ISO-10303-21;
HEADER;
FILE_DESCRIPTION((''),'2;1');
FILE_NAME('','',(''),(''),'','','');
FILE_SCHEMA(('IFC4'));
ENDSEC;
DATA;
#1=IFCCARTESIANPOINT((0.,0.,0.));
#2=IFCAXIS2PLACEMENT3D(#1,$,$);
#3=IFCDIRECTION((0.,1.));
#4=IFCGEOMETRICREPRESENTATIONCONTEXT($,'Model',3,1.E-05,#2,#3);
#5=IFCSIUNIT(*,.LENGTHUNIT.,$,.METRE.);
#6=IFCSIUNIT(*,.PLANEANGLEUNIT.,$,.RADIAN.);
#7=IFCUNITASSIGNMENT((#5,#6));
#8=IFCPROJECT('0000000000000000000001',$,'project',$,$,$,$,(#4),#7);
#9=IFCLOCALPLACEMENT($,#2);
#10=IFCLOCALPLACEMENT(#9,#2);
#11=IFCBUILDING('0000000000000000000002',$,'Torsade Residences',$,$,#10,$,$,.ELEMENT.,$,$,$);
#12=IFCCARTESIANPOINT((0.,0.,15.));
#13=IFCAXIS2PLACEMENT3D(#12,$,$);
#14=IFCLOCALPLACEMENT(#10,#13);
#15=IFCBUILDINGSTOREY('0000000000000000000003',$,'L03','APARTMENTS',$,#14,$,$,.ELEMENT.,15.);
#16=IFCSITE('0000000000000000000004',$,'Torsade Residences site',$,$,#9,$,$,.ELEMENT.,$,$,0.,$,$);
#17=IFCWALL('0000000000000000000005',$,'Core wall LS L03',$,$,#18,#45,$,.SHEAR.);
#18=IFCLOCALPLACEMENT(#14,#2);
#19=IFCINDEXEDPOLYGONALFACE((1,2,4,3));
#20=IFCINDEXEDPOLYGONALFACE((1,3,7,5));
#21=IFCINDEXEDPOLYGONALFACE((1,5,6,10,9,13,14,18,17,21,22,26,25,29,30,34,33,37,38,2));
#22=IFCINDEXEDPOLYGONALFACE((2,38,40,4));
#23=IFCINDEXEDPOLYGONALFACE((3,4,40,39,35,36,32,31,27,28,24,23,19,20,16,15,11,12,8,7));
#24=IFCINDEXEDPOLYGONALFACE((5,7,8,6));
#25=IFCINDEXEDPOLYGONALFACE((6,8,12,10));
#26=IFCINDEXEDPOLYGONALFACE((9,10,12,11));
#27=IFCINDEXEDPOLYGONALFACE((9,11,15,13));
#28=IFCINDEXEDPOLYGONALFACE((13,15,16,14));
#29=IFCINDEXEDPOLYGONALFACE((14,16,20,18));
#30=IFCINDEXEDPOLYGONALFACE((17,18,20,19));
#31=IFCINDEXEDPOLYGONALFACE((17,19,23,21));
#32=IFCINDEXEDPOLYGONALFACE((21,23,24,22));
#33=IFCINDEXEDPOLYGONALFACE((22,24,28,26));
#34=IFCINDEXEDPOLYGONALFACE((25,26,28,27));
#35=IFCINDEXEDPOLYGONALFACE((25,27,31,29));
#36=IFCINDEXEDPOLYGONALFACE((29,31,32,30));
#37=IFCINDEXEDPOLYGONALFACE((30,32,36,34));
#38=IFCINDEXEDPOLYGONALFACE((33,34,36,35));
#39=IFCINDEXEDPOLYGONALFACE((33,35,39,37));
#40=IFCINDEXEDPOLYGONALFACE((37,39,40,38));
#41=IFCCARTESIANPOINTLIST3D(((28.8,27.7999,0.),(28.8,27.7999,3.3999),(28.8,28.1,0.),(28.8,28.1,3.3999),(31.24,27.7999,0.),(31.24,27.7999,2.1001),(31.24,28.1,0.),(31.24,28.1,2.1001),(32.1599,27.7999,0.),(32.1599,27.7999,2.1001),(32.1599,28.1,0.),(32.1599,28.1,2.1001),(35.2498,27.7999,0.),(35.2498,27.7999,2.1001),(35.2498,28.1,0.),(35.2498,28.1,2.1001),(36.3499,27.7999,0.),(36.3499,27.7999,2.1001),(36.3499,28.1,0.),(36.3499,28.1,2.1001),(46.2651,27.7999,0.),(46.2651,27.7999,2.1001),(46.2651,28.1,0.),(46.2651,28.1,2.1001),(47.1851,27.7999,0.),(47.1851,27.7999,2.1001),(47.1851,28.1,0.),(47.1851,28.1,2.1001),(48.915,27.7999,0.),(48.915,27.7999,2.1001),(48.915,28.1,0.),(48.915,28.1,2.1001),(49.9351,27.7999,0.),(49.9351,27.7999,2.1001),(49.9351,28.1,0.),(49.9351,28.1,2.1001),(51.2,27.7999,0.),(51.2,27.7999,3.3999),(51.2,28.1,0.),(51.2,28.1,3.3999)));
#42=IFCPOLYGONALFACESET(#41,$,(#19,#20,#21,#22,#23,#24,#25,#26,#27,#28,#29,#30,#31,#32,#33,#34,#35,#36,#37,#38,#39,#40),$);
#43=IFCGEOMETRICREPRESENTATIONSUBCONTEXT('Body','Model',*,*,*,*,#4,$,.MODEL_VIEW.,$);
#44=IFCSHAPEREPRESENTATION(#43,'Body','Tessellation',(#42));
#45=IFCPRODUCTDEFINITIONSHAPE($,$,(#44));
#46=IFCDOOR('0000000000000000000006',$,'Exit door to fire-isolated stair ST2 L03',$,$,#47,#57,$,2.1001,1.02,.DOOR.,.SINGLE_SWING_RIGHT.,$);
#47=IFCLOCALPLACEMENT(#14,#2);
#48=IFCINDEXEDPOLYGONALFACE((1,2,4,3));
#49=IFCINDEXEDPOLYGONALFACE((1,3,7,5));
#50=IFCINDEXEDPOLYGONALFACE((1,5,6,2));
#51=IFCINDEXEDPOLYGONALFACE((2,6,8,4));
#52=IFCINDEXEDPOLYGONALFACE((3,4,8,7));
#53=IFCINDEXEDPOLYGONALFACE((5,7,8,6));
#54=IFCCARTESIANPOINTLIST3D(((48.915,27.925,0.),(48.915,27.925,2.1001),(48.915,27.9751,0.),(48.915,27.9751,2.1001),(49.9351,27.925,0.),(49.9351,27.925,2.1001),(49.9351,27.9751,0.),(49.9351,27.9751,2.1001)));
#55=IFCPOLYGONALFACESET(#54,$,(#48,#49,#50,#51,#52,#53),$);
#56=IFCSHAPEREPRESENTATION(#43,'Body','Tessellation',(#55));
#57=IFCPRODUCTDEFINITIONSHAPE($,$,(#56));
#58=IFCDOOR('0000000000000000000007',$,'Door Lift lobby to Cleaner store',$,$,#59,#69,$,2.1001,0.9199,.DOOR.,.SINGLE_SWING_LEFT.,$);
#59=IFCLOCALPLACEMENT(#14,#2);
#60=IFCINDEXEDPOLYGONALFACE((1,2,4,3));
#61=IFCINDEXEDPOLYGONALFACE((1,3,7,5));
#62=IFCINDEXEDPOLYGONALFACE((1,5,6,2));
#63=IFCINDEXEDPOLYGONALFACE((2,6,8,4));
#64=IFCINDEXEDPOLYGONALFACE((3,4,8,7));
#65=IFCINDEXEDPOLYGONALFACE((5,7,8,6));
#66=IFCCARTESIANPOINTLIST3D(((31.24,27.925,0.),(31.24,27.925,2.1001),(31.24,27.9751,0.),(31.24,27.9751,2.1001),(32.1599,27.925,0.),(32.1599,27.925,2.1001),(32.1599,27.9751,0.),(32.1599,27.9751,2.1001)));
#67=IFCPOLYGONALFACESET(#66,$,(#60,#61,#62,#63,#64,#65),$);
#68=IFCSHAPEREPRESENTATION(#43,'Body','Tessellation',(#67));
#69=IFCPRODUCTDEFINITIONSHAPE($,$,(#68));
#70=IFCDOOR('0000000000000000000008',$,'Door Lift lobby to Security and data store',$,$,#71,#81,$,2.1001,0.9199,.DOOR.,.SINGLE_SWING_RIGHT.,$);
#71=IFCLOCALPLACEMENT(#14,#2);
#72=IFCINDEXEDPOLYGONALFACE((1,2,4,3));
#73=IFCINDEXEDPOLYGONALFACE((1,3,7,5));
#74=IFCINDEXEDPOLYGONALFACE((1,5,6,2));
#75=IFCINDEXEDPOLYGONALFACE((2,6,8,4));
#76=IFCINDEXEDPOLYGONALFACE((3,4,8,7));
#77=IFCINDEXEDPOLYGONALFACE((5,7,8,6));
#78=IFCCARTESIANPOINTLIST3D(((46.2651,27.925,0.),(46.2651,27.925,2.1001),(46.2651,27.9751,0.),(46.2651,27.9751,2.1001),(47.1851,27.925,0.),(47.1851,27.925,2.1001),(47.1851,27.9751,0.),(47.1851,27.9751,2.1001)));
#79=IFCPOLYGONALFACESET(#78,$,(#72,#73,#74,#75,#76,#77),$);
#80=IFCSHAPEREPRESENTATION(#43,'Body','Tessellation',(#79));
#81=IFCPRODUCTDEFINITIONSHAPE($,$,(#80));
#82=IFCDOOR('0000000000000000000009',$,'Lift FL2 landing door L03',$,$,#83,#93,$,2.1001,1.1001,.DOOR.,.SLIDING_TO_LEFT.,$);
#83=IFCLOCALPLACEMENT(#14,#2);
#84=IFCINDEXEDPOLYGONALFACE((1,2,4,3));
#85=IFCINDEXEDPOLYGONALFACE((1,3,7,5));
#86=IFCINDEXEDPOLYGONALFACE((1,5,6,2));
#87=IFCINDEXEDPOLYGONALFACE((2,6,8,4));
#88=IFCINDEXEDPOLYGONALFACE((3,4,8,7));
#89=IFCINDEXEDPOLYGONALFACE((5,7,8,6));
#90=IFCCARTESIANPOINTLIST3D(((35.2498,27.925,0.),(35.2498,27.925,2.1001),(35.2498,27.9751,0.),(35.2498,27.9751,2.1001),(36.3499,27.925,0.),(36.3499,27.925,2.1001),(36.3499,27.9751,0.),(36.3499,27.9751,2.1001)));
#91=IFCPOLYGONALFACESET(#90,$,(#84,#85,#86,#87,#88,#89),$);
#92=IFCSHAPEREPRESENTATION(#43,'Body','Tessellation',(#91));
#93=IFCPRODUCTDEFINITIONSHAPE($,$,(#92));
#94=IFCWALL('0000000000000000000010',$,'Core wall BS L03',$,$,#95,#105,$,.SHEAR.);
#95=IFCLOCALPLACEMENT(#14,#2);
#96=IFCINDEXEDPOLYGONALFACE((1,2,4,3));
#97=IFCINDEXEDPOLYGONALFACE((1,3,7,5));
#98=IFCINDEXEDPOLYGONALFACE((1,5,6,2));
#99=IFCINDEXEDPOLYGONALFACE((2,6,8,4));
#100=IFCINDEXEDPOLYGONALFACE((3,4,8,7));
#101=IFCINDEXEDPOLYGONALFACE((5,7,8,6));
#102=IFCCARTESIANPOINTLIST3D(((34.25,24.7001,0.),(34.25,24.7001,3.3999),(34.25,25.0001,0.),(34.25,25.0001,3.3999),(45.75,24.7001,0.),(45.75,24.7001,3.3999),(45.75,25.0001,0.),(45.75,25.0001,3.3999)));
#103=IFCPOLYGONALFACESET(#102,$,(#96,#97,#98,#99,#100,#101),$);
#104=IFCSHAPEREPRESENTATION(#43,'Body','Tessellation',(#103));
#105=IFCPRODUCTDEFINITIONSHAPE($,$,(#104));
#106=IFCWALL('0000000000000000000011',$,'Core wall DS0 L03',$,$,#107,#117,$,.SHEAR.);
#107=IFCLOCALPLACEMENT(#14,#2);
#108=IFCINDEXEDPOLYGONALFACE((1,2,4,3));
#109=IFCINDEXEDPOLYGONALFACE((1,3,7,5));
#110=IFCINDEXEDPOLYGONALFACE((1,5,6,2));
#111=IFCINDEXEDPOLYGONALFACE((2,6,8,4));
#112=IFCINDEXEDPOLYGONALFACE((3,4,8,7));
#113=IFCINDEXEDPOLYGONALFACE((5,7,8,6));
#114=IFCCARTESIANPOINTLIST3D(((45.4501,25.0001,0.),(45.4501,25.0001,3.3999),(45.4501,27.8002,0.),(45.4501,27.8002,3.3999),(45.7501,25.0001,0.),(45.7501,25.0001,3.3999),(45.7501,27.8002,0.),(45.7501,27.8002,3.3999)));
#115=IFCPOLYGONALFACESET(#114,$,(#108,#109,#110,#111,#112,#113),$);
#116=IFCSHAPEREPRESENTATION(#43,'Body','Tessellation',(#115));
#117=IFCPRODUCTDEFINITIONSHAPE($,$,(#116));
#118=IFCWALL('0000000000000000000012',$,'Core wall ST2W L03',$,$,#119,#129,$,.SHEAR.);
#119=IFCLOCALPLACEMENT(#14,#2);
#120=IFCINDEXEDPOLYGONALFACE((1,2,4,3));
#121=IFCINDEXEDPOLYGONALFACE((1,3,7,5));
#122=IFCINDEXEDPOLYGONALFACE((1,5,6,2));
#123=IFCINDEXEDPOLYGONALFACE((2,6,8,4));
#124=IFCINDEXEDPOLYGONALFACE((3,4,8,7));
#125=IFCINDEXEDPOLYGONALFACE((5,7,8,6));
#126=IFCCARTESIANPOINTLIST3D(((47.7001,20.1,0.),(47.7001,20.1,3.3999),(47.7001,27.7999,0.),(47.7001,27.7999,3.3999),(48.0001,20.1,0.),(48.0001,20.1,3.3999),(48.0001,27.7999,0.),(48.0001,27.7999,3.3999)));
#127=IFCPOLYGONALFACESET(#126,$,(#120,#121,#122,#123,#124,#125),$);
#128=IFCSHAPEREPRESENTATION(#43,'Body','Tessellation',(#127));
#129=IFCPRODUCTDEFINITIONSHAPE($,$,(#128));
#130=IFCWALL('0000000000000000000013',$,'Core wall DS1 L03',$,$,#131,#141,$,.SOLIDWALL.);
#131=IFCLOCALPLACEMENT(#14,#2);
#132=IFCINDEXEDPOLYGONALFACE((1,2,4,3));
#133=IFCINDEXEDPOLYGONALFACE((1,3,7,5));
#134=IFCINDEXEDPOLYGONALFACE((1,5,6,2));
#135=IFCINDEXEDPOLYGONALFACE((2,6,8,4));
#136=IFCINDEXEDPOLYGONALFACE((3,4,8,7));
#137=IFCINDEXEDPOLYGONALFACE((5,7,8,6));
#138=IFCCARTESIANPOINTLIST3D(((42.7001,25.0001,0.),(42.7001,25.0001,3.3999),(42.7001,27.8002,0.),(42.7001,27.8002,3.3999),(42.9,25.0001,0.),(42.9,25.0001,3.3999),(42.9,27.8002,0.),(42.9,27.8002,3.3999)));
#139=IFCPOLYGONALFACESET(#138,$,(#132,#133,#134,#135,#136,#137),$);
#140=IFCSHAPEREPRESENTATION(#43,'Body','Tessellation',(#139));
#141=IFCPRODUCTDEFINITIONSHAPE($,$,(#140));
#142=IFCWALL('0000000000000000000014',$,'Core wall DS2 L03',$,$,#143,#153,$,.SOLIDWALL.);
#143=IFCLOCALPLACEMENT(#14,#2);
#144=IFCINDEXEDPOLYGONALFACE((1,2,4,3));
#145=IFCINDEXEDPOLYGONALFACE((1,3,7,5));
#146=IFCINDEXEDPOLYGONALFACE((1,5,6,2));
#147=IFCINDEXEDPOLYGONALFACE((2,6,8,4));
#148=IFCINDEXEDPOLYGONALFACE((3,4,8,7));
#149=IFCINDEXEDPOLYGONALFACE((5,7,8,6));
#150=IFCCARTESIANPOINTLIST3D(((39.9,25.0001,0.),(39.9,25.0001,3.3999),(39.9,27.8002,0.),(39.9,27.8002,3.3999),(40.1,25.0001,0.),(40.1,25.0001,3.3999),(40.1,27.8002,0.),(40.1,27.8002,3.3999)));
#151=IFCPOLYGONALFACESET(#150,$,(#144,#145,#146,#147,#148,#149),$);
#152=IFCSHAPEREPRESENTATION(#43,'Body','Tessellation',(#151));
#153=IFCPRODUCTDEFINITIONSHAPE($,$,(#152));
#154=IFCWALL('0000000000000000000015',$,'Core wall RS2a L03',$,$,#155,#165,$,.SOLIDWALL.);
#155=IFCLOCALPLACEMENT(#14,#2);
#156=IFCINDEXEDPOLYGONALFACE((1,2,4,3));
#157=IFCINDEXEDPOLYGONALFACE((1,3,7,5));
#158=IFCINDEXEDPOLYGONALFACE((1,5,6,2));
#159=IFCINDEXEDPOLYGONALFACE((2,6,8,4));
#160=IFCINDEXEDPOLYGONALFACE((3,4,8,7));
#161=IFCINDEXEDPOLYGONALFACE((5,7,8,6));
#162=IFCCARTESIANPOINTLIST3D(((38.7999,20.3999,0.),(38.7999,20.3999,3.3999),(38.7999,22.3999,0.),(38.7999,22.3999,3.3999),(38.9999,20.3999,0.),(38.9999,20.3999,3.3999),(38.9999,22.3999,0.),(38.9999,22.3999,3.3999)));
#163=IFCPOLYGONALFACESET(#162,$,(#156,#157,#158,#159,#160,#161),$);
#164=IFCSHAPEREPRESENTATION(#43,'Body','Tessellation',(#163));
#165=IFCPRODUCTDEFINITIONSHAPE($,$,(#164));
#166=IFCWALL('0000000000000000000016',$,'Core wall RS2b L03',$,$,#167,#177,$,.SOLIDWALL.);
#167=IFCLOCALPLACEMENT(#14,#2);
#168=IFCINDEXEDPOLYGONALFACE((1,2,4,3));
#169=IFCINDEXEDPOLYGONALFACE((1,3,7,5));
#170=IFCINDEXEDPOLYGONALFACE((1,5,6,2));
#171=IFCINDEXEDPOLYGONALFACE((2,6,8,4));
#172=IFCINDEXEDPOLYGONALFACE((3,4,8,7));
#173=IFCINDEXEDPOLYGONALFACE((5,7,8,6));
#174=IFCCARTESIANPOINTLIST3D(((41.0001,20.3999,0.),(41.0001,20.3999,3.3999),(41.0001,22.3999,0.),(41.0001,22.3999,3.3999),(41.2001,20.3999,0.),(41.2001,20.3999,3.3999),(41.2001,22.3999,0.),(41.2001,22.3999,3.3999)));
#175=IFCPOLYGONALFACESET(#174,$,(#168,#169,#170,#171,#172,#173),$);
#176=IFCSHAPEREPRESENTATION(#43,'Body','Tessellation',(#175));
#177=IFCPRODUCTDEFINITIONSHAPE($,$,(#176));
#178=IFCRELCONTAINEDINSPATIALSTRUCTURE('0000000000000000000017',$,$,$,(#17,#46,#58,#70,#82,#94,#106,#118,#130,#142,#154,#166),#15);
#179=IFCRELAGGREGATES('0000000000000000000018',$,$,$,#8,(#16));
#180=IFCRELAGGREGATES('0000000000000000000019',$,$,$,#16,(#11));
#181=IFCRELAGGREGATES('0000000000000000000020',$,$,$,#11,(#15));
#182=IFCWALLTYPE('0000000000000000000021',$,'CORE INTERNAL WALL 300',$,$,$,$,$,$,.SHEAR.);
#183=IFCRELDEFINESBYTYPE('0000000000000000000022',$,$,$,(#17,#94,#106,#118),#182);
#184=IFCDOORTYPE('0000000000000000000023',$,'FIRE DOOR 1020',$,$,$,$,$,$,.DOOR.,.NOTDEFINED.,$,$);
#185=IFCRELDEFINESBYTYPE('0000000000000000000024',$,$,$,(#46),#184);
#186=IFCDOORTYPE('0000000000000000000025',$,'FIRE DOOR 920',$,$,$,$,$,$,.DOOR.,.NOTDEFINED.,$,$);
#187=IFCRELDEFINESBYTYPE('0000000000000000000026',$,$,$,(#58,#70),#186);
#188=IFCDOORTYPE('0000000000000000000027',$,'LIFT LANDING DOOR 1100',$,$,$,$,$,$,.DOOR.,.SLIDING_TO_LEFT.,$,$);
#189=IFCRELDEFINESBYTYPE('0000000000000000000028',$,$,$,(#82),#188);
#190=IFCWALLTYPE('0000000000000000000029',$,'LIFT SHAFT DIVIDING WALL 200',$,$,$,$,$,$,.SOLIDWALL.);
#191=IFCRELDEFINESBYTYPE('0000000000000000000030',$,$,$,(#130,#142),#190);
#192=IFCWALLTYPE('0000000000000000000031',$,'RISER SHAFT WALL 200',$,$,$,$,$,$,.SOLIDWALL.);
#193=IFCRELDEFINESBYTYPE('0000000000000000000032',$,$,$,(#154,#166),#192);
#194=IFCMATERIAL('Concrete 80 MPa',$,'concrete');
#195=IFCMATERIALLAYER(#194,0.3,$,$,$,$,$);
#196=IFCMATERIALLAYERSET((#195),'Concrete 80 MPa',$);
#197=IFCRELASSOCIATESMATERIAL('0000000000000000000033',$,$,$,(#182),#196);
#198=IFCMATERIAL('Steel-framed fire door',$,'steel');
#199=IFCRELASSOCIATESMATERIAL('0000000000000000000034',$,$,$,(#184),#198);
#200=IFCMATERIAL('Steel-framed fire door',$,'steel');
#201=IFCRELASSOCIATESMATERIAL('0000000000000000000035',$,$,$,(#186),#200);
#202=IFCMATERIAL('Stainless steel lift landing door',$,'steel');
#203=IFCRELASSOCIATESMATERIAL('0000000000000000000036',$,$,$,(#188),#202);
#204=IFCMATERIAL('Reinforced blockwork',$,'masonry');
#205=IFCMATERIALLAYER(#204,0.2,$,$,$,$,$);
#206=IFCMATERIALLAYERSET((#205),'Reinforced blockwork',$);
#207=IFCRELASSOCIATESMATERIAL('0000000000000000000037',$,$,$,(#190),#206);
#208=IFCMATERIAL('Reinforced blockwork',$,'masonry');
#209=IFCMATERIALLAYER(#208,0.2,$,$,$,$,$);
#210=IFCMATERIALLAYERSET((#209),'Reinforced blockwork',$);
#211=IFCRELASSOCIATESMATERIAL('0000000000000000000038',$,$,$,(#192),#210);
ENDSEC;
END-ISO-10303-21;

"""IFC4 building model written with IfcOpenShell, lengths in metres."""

from ifc_helpers import new_model, si_unit, direction, frame, frame_2d, origin, place, context, subcontext, project, spatial, rectangle, extrude, material, layer, layer_set, type_object, element, fill, save


model = new_model("IFC4")

# Units and contexts
model_context = context("Model", 3, precision=1e-05, world=origin(), true_north=direction((0.0, 1.0)))
body_context = subcontext(model_context, "Body", "Model", "MODEL_VIEW")
ifc_project = project(units=[si_unit("LENGTHUNIT", "METRE"), si_unit("PLANEANGLEUNIT", "RADIAN")], contexts=[model_context])

# Site, building, storey
site_placement = place(None, origin())
site = spatial("IfcSite", under=ifc_project, at=site_placement, Name="Torsade Residences site", CompositionType="ELEMENT", RefElevation=0.0)
building_placement = place(site_placement, origin())
building = spatial("IfcBuilding", under=site, at=building_placement, Name="Torsade Residences", CompositionType="ELEMENT")
storey_placement = place(building_placement, frame((0.0, 0.0, 15.0)))
storey = spatial("IfcBuildingStorey", under=building, at=storey_placement, Name="L03", Description="APARTMENTS", CompositionType="ELEMENT", Elevation=15.0)

# Wall, openings, doors
ifc_material_1 = material(Name="Concrete 80 MPa", Category="concrete")
ifc_layer_1 = layer(ifc_material_1, 0.3)
ifc_layer_set_1 = layer_set([ifc_layer_1], Name="Concrete 80 MPa")
wall_type_1 = type_object("IfcWallType", Name="CORE INTERNAL WALL 300", PredefinedType="SHEAR", material=ifc_layer_set_1)
wall_1_placement = place(storey_placement, frame((51.2, 27.95, 0.0), z_axis=(0.0, 0.0, 1.0), x_axis=(-1.0, 0.0, 0.0)))
wall_1 = element("IfcWall", 1, at=wall_1_placement, inside=storey, type_object=wall_type_1, Name="Core wall LS L03", PredefinedType="SHEAR", context=body_context, shape_type="SweptSolid", body=[
    extrude(rectangle(XDim=22.3999, YDim=0.3, at=frame_2d((11.2, 0.0))), origin(), (0.0, 0.0, 1.0), 3.3999),
])
opening_1_placement = place(wall_1_placement, frame((19.04, 0.0, 0.0)))
opening_1 = element("IfcOpeningElement", 2, at=opening_1_placement, cuts=wall_1, PredefinedType="OPENING", context=body_context, shape_type="SweptSolid", body=[
    extrude(rectangle(XDim=0.9199, YDim=2.1001, at=frame_2d((0.46, 1.05))), frame((0.0, 0.1599, 0.0), z_axis=(0.0, -1.0, 0.0), x_axis=(1.0, 0.0, 0.0)), (0.0, 0.0, 1.0), 0.3201),
])
opening_2_placement = place(wall_1_placement, frame((1.2649, 0.0, 0.0)))
opening_2 = element("IfcOpeningElement", 3, at=opening_2_placement, cuts=wall_1, PredefinedType="OPENING", context=body_context, shape_type="SweptSolid", body=[
    extrude(rectangle(XDim=1.02, YDim=2.1001, at=frame_2d((0.51, 1.05))), frame((0.0, 0.1599, 0.0), z_axis=(0.0, -1.0, 0.0), x_axis=(1.0, 0.0, 0.0)), (0.0, 0.0, 1.0), 0.3201),
])
opening_3_placement = place(wall_1_placement, frame((4.0149, 0.0, 0.0)))
opening_3 = element("IfcOpeningElement", 4, at=opening_3_placement, cuts=wall_1, PredefinedType="OPENING", context=body_context, shape_type="SweptSolid", body=[
    extrude(rectangle(XDim=0.9199, YDim=2.1001, at=frame_2d((0.46, 1.05))), frame((0.0, 0.1599, 0.0), z_axis=(0.0, -1.0, 0.0), x_axis=(1.0, 0.0, 0.0)), (0.0, 0.0, 1.0), 0.3201),
])
opening_4_placement = place(wall_1_placement, frame((14.8501, 0.0, 0.0)))
opening_4 = element("IfcOpeningElement", 5, at=opening_4_placement, cuts=wall_1, PredefinedType="OPENING", context=body_context, shape_type="SweptSolid", body=[
    extrude(rectangle(XDim=1.1001, YDim=2.1001, at=frame_2d((0.55, 1.05))), frame((0.0, 0.1599, 0.0), z_axis=(0.0, -1.0, 0.0), x_axis=(1.0, 0.0, 0.0)), (0.0, 0.0, 1.0), 0.3201),
])
ifc_material_2 = material(Name="Steel-framed fire door", Category="steel")
door_type_1 = type_object("IfcDoorType", Name="FIRE DOOR 1020", OperationType="NOTDEFINED", PredefinedType="DOOR", material=ifc_material_2)
door_1_placement = place(opening_2_placement, origin())
door_1 = element("IfcDoor", 6, at=door_1_placement, inside=storey, type_object=door_type_1, Name="Exit door to fire-isolated stair ST2 L03", OperationType="SINGLE_SWING_RIGHT", OverallHeight=2.1001, OverallWidth=1.02, PredefinedType="DOOR", context=body_context, shape_type="SweptSolid", body=[
    extrude(rectangle(XDim=1.02, YDim=2.1001, at=frame_2d((0.51, 1.05))), frame((0.0, 0.0249, 0.0), z_axis=(0.0, -1.0, 0.0), x_axis=(1.0, 0.0, 0.0)), (0.0, 0.0, 1.0), 0.05),
])
fill(opening_2, door_1)
ifc_material_3 = material(Name="Steel-framed fire door", Category="steel")
door_type_2 = type_object("IfcDoorType", Name="FIRE DOOR 920", OperationType="NOTDEFINED", PredefinedType="DOOR", material=ifc_material_3)
door_2_placement = place(opening_1_placement, origin())
door_2 = element("IfcDoor", 7, at=door_2_placement, inside=storey, type_object=door_type_2, Name="Door Lift lobby to Cleaner store", OperationType="SINGLE_SWING_LEFT", OverallHeight=2.1001, OverallWidth=0.9199, PredefinedType="DOOR", context=body_context, shape_type="SweptSolid", body=[
    extrude(rectangle(XDim=0.9199, YDim=2.1001, at=frame_2d((0.46, 1.05))), frame((0.0, 0.0249, 0.0), z_axis=(0.0, -1.0, 0.0), x_axis=(1.0, 0.0, 0.0)), (0.0, 0.0, 1.0), 0.05),
])
fill(opening_1, door_2)
door_3_placement = place(opening_3_placement, origin())
door_3 = element("IfcDoor", 8, at=door_3_placement, inside=storey, type_object=door_type_2, Name="Door Lift lobby to Security and data store", OperationType="SINGLE_SWING_RIGHT", OverallHeight=2.1001, OverallWidth=0.9199, PredefinedType="DOOR", context=body_context, shape_type="SweptSolid", body=[
    extrude(rectangle(XDim=0.9199, YDim=2.1001, at=frame_2d((0.46, 1.05))), frame((0.0, 0.0249, 0.0), z_axis=(0.0, -1.0, 0.0), x_axis=(1.0, 0.0, 0.0)), (0.0, 0.0, 1.0), 0.05),
])
fill(opening_3, door_3)
ifc_material_4 = material(Name="Stainless steel lift landing door", Category="steel")
door_type_3 = type_object("IfcDoorType", Name="LIFT LANDING DOOR 1100", OperationType="SLIDING_TO_LEFT", PredefinedType="DOOR", material=ifc_material_4)
door_4_placement = place(opening_4_placement, origin())
door_4 = element("IfcDoor", 9, at=door_4_placement, inside=storey, type_object=door_type_3, Name="Lift FL2 landing door L03", OperationType="SLIDING_TO_LEFT", OverallHeight=2.1001, OverallWidth=1.1001, PredefinedType="DOOR", context=body_context, shape_type="SweptSolid", body=[
    extrude(rectangle(XDim=1.1001, YDim=2.1001, at=frame_2d((0.55, 1.05))), frame((0.0, 0.0249, 0.0), z_axis=(0.0, -1.0, 0.0), x_axis=(1.0, 0.0, 0.0)), (0.0, 0.0, 1.0), 0.05),
])
fill(opening_4, door_4)

# Walls
wall_2_placement = place(storey_placement, frame((45.75, 24.8501, 0.0), z_axis=(0.0, 0.0, 1.0), x_axis=(-1.0, 0.0, 0.0)))
element("IfcWall", 10, at=wall_2_placement, inside=storey, type_object=wall_type_1, Name="Core wall BS L03", PredefinedType="SHEAR", context=body_context, shape_type="SweptSolid", body=[
    extrude(rectangle(XDim=11.5, YDim=0.3, at=frame_2d((5.75, 0.0))), origin(), (0.0, 0.0, 1.0), 3.3999),
])
wall_3_placement = place(storey_placement, frame((45.6001, 27.8, 0.0), z_axis=(0.0, 0.0, 1.0), x_axis=(0.0, -1.0, 0.0)))
element("IfcWall", 11, at=wall_3_placement, inside=storey, type_object=wall_type_1, Name="Core wall DS0 L03", PredefinedType="SHEAR", context=body_context, shape_type="SweptSolid", body=[
    extrude(rectangle(XDim=2.8, YDim=0.3, at=frame_2d((1.3999, 0.0))), origin(), (0.0, 0.0, 1.0), 3.3999),
])
wall_4_placement = place(storey_placement, frame((47.8501, 27.8, 0.0), z_axis=(0.0, 0.0, 1.0), x_axis=(0.0, -1.0, 0.0)))
element("IfcWall", 12, at=wall_4_placement, inside=storey, type_object=wall_type_1, Name="Core wall ST2W L03", PredefinedType="SHEAR", context=body_context, shape_type="SweptSolid", body=[
    extrude(rectangle(XDim=7.7, YDim=0.3, at=frame_2d((3.8501, 0.0))), origin(), (0.0, 0.0, 1.0), 3.3999),
])
ifc_material_5 = material(Name="Reinforced blockwork", Category="masonry")
ifc_layer_2 = layer(ifc_material_5, 0.2)
ifc_layer_set_2 = layer_set([ifc_layer_2], Name="Reinforced blockwork")
wall_type_2 = type_object("IfcWallType", Name="LIFT SHAFT DIVIDING WALL 200", PredefinedType="SOLIDWALL", material=ifc_layer_set_2)
for number, where, z_axis, x_axis, name in (
    (13, (42.8, 27.8, 0.0), (0.0, 0.0, 1.0), (0.0, -1.0, 0.0), "Core wall DS1 L03"),
    (14, (40.0, 27.8, 0.0), (0.0, 0.0, 1.0), (0.0, -1.0, 0.0), "Core wall DS2 L03"),
):
    element("IfcWall", number, at=place(storey_placement, frame(where, z_axis=z_axis, x_axis=x_axis)), inside=storey, type_object=wall_type_2, Name=name, PredefinedType="SOLIDWALL", context=body_context, shape_type="SweptSolid", body=[
        extrude(rectangle(XDim=2.8, YDim=0.2, at=frame_2d((1.3999, 0.0))), origin(), (0.0, 0.0, 1.0), 3.3999),
    ])
ifc_material_6 = material(Name="Reinforced blockwork", Category="masonry")
ifc_layer_3 = layer(ifc_material_6, 0.2)
ifc_layer_set_3 = layer_set([ifc_layer_3], Name="Reinforced blockwork")
wall_type_3 = type_object("IfcWallType", Name="RISER SHAFT WALL 200", PredefinedType="SOLIDWALL", material=ifc_layer_set_3)
for number, where, z_axis, x_axis, name in (
    (15, (38.8999, 22.3999, 0.0), (0.0, 0.0, 1.0), (0.0, -1.0, 0.0), "Core wall RS2a L03"),
    (16, (41.1001, 22.3999, 0.0), (0.0, 0.0, 1.0), (0.0, -1.0, 0.0), "Core wall RS2b L03"),
):
    element("IfcWall", number, at=place(storey_placement, frame(where, z_axis=z_axis, x_axis=x_axis)), inside=storey, type_object=wall_type_3, Name=name, PredefinedType="SOLIDWALL", context=body_context, shape_type="SweptSolid", body=[
        extrude(rectangle(XDim=2.0, YDim=0.2, at=frame_2d((1.0, 0.0))), origin(), (0.0, 0.0, 1.0), 3.3999),
    ])

save(model, "model.ifc")
